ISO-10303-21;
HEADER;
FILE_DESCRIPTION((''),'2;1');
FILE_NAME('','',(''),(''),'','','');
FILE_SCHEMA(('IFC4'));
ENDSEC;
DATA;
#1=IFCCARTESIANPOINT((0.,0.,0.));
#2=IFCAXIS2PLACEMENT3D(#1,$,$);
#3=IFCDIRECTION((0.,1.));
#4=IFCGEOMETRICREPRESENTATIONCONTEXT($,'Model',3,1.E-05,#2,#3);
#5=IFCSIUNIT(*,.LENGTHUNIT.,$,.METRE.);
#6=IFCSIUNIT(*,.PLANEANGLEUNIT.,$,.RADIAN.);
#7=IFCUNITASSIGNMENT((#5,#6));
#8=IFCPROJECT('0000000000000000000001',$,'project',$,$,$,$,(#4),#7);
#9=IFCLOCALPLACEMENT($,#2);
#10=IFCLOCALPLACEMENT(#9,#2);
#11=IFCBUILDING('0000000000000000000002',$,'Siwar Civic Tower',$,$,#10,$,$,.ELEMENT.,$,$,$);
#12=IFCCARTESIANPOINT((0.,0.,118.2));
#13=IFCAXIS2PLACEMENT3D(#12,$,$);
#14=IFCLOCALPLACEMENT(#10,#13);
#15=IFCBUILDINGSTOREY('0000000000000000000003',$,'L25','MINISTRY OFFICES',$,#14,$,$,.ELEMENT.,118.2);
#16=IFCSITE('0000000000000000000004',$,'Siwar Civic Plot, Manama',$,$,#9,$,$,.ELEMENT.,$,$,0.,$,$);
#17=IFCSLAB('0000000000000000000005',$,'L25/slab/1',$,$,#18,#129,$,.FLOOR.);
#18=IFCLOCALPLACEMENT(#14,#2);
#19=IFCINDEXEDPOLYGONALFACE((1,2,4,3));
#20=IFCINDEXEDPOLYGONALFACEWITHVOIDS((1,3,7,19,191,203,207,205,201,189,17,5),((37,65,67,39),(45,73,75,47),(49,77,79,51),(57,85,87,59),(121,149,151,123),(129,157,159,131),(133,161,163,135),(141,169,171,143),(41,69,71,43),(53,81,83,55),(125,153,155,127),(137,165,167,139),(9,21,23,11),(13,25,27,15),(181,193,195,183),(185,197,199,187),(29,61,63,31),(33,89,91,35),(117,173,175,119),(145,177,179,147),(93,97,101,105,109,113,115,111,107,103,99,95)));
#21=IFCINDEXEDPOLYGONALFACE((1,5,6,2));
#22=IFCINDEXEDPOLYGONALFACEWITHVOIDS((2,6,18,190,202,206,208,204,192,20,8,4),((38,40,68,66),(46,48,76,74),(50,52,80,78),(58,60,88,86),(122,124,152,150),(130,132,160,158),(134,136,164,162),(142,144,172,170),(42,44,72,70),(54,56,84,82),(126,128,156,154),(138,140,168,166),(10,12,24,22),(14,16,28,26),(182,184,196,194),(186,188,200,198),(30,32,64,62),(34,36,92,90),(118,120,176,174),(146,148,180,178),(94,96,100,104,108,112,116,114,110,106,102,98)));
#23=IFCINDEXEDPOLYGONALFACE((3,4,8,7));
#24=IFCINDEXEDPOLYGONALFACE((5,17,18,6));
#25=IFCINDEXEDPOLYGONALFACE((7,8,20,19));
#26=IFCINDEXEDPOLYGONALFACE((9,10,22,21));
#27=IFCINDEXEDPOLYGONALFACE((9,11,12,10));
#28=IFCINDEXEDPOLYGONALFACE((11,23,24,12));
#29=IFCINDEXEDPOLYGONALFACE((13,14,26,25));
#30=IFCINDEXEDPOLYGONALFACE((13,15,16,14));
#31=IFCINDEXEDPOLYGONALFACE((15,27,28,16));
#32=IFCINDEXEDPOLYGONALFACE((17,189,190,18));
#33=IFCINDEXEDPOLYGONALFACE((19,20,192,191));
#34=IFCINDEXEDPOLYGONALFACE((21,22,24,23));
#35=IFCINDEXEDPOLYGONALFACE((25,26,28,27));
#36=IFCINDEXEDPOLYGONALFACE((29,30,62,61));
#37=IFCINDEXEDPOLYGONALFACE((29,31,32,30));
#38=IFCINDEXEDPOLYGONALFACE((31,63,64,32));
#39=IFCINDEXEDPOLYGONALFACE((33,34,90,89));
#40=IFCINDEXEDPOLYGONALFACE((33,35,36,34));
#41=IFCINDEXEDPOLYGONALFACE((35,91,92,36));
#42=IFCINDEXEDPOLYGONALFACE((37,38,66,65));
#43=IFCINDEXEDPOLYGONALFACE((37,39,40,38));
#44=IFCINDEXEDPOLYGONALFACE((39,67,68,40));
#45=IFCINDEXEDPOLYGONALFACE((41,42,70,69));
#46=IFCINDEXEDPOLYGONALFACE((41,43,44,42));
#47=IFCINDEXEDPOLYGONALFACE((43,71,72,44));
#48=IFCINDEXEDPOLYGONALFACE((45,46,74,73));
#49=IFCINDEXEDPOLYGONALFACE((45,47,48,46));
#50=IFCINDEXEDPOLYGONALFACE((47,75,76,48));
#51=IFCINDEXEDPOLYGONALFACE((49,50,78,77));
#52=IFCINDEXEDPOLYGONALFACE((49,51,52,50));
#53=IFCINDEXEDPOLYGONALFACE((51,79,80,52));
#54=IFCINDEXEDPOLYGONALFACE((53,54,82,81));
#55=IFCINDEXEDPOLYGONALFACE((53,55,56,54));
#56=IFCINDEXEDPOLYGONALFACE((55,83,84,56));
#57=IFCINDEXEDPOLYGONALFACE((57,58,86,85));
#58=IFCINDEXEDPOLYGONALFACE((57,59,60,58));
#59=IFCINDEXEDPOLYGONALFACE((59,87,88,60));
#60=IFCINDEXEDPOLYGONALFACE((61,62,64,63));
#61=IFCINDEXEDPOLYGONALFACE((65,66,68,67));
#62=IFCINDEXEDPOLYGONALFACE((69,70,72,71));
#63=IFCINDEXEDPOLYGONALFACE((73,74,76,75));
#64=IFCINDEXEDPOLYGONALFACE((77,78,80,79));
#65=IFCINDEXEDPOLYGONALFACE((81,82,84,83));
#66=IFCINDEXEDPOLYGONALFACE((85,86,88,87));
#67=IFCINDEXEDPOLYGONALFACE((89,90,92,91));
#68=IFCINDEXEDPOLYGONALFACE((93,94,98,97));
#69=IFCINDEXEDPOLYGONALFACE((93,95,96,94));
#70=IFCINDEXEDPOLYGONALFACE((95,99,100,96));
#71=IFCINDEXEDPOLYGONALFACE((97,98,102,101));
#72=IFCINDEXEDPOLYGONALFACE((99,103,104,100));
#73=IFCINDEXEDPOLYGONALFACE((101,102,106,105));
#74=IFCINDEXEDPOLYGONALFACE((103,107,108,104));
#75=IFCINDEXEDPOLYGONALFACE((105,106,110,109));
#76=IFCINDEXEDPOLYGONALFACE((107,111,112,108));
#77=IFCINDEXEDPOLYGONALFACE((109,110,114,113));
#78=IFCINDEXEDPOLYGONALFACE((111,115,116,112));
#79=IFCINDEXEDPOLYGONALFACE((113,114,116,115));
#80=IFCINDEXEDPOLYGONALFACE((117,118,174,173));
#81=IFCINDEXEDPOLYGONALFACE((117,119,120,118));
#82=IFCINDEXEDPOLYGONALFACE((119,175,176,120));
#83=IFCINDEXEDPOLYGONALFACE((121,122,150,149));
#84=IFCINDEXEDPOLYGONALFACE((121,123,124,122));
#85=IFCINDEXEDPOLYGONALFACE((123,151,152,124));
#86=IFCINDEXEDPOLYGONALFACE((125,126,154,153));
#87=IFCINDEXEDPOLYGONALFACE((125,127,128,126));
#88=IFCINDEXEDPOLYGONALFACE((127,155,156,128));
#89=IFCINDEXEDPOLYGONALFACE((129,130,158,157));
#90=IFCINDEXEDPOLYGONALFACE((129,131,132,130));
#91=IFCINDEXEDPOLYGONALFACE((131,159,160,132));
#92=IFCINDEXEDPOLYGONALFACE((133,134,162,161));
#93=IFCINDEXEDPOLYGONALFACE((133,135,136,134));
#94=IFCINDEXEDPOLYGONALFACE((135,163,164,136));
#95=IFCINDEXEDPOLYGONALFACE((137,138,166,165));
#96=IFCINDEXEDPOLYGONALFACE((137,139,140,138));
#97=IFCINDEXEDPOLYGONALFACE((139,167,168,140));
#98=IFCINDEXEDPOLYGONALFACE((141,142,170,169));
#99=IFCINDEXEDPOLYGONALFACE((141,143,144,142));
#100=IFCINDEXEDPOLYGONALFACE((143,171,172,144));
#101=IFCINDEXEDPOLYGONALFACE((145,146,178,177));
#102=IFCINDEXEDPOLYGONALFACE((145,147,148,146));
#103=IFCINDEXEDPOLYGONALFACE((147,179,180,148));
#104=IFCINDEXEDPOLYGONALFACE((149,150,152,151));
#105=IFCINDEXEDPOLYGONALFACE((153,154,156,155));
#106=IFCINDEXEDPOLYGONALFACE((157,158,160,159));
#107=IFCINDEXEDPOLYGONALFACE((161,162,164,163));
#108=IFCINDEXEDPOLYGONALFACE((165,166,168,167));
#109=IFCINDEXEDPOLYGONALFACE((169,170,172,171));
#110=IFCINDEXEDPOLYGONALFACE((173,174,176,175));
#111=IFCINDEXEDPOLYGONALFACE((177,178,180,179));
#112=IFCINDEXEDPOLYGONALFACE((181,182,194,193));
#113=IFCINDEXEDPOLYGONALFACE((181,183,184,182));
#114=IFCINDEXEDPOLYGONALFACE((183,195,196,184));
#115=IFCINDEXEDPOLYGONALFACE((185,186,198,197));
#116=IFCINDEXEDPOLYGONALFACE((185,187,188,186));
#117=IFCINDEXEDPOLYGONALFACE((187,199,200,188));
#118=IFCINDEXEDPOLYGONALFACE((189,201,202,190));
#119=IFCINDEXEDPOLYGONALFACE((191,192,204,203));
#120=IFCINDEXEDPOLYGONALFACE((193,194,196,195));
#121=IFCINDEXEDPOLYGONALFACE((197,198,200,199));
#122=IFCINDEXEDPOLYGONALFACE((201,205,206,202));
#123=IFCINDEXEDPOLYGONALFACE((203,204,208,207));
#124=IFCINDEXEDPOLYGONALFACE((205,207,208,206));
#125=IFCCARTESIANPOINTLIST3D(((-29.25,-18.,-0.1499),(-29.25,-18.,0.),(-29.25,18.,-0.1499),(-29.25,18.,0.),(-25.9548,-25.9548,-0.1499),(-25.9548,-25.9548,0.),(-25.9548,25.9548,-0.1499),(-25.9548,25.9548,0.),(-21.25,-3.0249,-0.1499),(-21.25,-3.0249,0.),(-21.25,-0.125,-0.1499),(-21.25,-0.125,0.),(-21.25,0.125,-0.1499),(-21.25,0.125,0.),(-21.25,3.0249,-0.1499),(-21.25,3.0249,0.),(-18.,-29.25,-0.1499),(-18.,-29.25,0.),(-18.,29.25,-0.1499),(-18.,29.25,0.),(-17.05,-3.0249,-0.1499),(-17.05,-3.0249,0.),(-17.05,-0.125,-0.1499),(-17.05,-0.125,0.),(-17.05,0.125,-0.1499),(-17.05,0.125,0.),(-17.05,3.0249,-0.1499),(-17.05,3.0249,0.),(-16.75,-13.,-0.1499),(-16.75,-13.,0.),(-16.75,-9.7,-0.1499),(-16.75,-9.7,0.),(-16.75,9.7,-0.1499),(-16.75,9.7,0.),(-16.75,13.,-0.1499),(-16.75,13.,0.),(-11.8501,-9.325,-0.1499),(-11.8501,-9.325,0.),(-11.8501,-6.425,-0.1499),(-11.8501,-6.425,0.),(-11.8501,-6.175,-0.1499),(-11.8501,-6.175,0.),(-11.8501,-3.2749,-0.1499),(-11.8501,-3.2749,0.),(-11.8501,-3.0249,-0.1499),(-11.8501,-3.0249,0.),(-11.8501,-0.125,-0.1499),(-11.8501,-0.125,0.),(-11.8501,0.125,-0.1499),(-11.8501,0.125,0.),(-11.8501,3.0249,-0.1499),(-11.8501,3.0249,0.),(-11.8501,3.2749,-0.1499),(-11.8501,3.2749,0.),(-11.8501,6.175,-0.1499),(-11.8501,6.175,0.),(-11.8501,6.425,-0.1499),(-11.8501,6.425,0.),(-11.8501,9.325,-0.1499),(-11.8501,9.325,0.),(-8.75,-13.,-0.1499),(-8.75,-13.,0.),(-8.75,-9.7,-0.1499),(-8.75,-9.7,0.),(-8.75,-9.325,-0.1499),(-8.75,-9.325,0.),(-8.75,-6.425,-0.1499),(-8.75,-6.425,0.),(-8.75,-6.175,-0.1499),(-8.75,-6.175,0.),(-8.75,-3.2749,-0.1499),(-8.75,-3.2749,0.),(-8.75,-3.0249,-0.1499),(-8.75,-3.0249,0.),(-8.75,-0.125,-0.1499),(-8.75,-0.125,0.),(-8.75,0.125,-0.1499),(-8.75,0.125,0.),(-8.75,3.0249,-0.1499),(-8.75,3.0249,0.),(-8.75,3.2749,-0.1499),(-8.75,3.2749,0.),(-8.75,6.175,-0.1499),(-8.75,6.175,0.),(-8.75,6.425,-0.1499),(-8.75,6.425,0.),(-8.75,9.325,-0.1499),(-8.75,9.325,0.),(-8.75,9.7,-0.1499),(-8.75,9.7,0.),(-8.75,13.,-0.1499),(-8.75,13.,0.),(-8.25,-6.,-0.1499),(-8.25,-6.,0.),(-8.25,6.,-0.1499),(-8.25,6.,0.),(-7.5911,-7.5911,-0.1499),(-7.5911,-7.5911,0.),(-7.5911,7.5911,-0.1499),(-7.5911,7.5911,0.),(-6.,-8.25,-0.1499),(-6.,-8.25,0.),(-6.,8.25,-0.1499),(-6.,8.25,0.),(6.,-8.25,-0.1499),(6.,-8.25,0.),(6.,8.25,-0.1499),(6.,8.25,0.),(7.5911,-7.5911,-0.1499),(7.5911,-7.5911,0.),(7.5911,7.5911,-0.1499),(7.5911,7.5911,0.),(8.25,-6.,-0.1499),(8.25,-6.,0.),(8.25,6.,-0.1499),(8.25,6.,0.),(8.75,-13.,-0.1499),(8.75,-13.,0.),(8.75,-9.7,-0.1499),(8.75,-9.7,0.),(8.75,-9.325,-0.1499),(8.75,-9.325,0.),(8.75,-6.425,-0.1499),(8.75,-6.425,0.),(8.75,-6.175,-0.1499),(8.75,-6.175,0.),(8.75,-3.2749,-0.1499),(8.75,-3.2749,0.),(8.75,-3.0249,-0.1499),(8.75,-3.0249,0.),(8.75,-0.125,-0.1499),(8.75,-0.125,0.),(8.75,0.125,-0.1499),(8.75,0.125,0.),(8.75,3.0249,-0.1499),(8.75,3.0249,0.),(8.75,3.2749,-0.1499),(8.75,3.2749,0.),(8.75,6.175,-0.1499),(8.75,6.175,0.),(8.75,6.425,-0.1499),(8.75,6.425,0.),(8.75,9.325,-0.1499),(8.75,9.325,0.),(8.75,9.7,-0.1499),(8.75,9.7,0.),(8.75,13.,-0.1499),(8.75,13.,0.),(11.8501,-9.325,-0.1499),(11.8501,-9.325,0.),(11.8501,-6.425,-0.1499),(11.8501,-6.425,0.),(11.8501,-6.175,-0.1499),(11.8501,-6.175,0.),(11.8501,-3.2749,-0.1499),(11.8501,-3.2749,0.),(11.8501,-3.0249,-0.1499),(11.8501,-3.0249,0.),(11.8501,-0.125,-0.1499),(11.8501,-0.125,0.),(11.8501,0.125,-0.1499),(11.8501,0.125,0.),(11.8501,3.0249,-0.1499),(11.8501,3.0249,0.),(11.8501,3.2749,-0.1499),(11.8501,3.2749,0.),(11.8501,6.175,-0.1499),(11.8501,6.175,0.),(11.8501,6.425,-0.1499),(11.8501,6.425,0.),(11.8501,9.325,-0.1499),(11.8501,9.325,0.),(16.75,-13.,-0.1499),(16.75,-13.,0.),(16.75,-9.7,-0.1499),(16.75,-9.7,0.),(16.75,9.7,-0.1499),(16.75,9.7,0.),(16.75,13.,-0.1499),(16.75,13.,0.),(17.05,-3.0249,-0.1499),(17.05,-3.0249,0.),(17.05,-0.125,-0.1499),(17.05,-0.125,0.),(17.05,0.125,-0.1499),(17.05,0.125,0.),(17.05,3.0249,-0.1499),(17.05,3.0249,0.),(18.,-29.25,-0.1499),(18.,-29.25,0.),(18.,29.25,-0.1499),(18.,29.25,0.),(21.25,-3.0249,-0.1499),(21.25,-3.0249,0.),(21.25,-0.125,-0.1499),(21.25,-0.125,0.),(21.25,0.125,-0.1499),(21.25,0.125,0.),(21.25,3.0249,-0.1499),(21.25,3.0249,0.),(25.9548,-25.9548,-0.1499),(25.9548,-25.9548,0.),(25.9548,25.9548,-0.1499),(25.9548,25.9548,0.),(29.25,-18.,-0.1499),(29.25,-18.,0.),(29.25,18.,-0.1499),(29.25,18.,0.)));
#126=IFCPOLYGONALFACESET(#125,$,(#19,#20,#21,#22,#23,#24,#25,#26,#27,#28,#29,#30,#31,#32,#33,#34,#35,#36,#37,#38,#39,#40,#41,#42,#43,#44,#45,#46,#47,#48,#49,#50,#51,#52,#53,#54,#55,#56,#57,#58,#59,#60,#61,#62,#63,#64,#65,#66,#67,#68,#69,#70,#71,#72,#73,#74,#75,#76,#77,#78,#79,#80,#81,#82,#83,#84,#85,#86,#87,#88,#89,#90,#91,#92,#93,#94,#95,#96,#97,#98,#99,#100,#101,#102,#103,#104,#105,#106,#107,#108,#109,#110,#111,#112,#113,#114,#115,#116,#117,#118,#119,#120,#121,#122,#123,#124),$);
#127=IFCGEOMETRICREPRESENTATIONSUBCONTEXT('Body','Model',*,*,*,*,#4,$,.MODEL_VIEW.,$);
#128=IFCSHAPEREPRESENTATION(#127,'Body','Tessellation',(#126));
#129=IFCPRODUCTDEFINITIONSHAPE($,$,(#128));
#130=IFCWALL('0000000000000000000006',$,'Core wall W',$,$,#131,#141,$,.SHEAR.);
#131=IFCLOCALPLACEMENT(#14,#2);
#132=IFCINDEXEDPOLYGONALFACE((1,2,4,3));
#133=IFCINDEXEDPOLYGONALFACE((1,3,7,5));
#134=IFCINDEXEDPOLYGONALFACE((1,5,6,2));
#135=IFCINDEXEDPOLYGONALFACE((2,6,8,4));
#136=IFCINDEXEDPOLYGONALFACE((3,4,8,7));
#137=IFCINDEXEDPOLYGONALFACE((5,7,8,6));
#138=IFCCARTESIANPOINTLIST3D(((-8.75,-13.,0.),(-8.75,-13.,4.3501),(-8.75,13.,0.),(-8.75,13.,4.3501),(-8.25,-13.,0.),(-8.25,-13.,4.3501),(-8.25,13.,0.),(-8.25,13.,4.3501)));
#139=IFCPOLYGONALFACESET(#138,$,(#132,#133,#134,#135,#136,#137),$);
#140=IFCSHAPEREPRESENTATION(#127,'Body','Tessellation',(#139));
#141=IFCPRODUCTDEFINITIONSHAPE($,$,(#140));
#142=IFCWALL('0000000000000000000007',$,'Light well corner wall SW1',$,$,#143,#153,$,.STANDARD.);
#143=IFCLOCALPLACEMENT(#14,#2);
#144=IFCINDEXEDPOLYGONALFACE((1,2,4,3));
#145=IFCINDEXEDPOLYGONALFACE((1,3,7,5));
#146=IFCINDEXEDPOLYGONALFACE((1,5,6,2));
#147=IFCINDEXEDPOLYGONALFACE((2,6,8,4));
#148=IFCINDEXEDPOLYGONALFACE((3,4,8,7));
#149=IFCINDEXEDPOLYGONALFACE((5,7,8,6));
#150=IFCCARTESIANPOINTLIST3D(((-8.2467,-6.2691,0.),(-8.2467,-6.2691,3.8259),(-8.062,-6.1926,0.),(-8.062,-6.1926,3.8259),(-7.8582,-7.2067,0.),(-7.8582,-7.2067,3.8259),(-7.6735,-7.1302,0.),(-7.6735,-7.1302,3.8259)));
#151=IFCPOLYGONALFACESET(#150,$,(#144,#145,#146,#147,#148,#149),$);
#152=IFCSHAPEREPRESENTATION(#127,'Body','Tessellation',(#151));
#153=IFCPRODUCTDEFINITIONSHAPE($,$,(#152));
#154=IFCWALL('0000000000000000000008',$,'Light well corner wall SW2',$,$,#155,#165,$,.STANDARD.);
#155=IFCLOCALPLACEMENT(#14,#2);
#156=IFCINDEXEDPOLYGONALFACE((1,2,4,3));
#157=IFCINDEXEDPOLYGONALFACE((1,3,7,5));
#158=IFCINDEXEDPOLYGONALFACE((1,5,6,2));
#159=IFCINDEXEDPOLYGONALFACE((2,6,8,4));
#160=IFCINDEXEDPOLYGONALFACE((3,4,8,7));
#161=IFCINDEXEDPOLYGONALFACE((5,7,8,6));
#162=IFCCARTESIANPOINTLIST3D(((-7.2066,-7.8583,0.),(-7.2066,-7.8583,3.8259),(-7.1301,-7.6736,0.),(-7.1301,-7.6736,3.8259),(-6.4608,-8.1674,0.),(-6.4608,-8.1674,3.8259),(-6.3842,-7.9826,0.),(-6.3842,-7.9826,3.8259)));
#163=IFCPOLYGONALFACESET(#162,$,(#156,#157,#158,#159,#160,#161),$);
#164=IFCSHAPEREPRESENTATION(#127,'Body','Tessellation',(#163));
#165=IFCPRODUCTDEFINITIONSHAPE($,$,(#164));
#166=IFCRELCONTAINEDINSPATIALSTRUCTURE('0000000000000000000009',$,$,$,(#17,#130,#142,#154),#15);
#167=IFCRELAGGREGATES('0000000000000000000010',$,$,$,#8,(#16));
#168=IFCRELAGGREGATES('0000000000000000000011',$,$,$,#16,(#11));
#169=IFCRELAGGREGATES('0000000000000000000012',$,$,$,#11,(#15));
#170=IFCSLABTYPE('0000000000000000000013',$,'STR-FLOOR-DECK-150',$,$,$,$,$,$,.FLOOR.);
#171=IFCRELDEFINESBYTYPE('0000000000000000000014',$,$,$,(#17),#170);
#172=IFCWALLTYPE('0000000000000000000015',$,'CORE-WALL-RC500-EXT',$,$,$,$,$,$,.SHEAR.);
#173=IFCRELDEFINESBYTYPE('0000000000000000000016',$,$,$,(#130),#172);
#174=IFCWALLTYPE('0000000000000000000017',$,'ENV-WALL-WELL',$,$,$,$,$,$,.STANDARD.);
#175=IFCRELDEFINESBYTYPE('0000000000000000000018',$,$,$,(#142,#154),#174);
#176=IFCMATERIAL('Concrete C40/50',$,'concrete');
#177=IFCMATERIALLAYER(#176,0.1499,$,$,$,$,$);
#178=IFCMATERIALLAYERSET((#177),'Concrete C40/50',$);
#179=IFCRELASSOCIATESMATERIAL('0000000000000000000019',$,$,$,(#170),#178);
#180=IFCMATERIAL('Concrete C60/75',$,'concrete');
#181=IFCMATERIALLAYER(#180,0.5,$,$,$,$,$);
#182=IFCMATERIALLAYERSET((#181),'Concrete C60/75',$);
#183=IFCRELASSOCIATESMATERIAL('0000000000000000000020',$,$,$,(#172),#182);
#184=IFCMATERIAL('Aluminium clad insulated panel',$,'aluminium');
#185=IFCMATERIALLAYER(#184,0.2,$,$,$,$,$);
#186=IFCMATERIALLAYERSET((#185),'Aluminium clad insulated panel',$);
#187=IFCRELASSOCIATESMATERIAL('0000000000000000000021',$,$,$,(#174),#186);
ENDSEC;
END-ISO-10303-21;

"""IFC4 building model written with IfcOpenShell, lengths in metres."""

from ifc_helpers import new_model, si_unit, direction, frame, frame_2d, origin, place, context, subcontext, project, spatial, polyline, rectangle, outline, extrude, material, layer, layer_set, type_object, element, save


model = new_model("IFC4")

# Units and contexts
model_context = context("Model", 3, precision=1e-05, world=origin(), true_north=direction((0.0, 1.0)))
body_context = subcontext(model_context, "Body", "Model", "MODEL_VIEW")
ifc_project = project(units=[si_unit("LENGTHUNIT", "METRE"), si_unit("PLANEANGLEUNIT", "RADIAN")], contexts=[model_context])

# Site, building, storey
site_placement = place(None, origin())
site = spatial("IfcSite", under=ifc_project, at=site_placement, Name="Siwar Civic Plot, Manama", CompositionType="ELEMENT", RefElevation=0.0)
building_placement = place(site_placement, origin())
building = spatial("IfcBuilding", under=site, at=building_placement, Name="Siwar Civic Tower", CompositionType="ELEMENT")
storey_placement = place(building_placement, frame((0.0, 0.0, 118.2)))
storey = spatial("IfcBuildingStorey", under=building, at=storey_placement, Name="L25", Description="MINISTRY OFFICES", CompositionType="ELEMENT", Elevation=118.2)

# Slab
ifc_material_1 = material(Name="Concrete C40/50", Category="concrete")
ifc_layer_1 = layer(ifc_material_1, 0.1499)
ifc_layer_set_1 = layer_set([ifc_layer_1], Name="Concrete C40/50")
slab_type = type_object("IfcSlabType", Name="STR-FLOOR-DECK-150", PredefinedType="FLOOR", material=ifc_layer_set_1)
slab_placement = place(storey_placement, frame((0.0, 0.0, -0.1499)))
element("IfcSlab", 1, at=slab_placement, inside=storey, type_object=slab_type, Name="L25/slab/1", PredefinedType="FLOOR", context=body_context, shape_type="SweptSolid", body=[
    extrude(outline(polyline([(-18.0, -29.25), (18.0, -29.25), (25.9548, -25.9548), (29.25, -18.0), (29.25, 18.0), (25.9548, 25.9548), (18.0, 29.25), (-18.0, 29.25), (-25.9548, 25.9548), (-29.25, 18.0), (-29.25, -18.0), (-25.9548, -25.9548), (-18.0, -29.25)]), holes=[polyline([(21.25, 3.0249), (21.25, 0.125), (17.05, 0.125), (17.05, 3.0249), (21.25, 3.0249)]), polyline([(17.05, -0.125), (21.25, -0.125), (21.25, -3.0249), (17.05, -3.0249), (17.05, -0.125)]), polyline([(16.75, 13.0), (16.75, 9.7), (8.75, 9.7), (8.75, 13.0), (16.75, 13.0)]), polyline([(8.75, -9.7), (16.75, -9.7), (16.75, -13.0), (8.75, -13.0), (8.75, -9.7)]), polyline([(11.8501, 9.325), (11.8501, 6.425), (8.75, 6.425), (8.75, 9.325), (11.8501, 9.325)]), polyline([(11.8501, 3.0249), (11.8501, 0.125), (8.75, 0.125), (8.75, 3.0249), (11.8501, 3.0249)]), polyline([(11.8501, -0.125), (11.8501, -3.0249), (8.75, -3.0249), (8.75, -0.125), (11.8501, -0.125)]), polyline([(11.8501, -3.2749), (11.8501, -6.175), (8.75, -6.175), (8.75, -3.2749), (11.8501, -3.2749)]), polyline([(8.75, 6.175), (11.8501, 6.175), (11.8501, 3.2749), (8.75, 3.2749), (8.75, 6.175)]), polyline([(8.75, -6.425), (11.8501, -6.425), (11.8501, -9.325), (8.75, -9.325), (8.75, -6.425)]), polyline([(-6.0, 8.25), (6.0, 8.25), (7.5911, 7.5911), (8.25, 6.0), (8.25, -6.0), (7.5911, -7.5911), (6.0, -8.25), (-6.0, -8.25), (-7.5911, -7.5911), (-8.25, -6.0), (-8.25, 6.0), (-7.5911, 7.5911), (-6.0, 8.25)]), polyline([(-8.75, 9.7), (-16.75, 9.7), (-16.75, 13.0), (-8.75, 13.0), (-8.75, 9.7)]), polyline([(-8.75, 0.125), (-11.8501, 0.125), (-11.8501, 3.0249), (-8.75, 3.0249), (-8.75, 0.125)]), polyline([(-8.75, -6.175), (-11.8501, -6.175), (-11.8501, -3.2749), (-8.75, -3.2749), (-8.75, -6.175)]), polyline([(-8.75, -9.325), (-11.8501, -9.325), (-11.8501, -6.425), (-8.75, -6.425), (-8.75, -9.325)]), polyline([(-8.75, -13.0), (-16.75, -13.0), (-16.75, -9.7), (-8.75, -9.7), (-8.75, -13.0)]), polyline([(-11.8501, 6.425), (-11.8501, 9.325), (-8.75, 9.325), (-8.75, 6.425), (-11.8501, 6.425)]), polyline([(-11.8501, 3.2749), (-11.8501, 6.175), (-8.75, 6.175), (-8.75, 3.2749), (-11.8501, 3.2749)]), polyline([(-11.8501, -3.0249), (-11.8501, -0.125), (-8.75, -0.125), (-8.75, -3.0249), (-11.8501, -3.0249)]), polyline([(-21.25, -3.0249), (-21.25, -0.125), (-17.05, -0.125), (-17.05, -3.0249), (-21.25, -3.0249)]), polyline([(-17.05, 0.125), (-21.25, 0.125), (-21.25, 3.0249), (-17.05, 3.0249), (-17.05, 0.125)])]), origin(), (0.0, 0.0, 1.0), 0.1499),
])

# Walls
ifc_material_2 = material(Name="Concrete C60/75", Category="concrete")
ifc_layer_2 = layer(ifc_material_2, 0.5)
ifc_layer_set_2 = layer_set([ifc_layer_2], Name="Concrete C60/75")
wall_type_1 = type_object("IfcWallType", Name="CORE-WALL-RC500-EXT", PredefinedType="SHEAR", material=ifc_layer_set_2)
wall_1_placement = place(storey_placement, frame((-8.5, -13.0, 0.0), z_axis=(0.0, 0.0, 1.0), x_axis=(0.0, 1.0, 0.0)))
element("IfcWall", 2, at=wall_1_placement, inside=storey, type_object=wall_type_1, Name="Core wall W", PredefinedType="SHEAR", context=body_context, shape_type="SweptSolid", body=[
    extrude(rectangle(XDim=26.0, YDim=0.5, at=frame_2d((13.0, 0.0))), origin(), (0.0, 0.0, 1.0), 4.3501),
])
ifc_material_3 = material(Name="Aluminium clad insulated panel", Category="aluminium")
ifc_layer_3 = layer(ifc_material_3, 0.2)
ifc_layer_set_3 = layer_set([ifc_layer_3], Name="Aluminium clad insulated panel")
wall_type_2 = type_object("IfcWallType", Name="ENV-WALL-WELL", PredefinedType="STANDARD", material=ifc_layer_set_3)
wall_2_placement = place(storey_placement, frame((-8.1543, -6.231, 0.0), z_axis=(0.0, 0.0, 1.0), x_axis=(0.38277, -0.923844, 0.0)))
element("IfcWall", 3, at=wall_2_placement, inside=storey, type_object=wall_type_2, Name="Light well corner wall SW1", PredefinedType="STANDARD", context=body_context, shape_type="SweptSolid", body=[
    extrude(rectangle(XDim=1.0149, YDim=0.2, at=frame_2d((0.5073, 0.0))), origin(), (0.0, 0.0, 1.0), 3.8259),
])
wall_3_placement = place(storey_placement, frame((-7.1685, -7.7659, 0.0), z_axis=(0.0, 0.0, 1.0), x_axis=(0.923818, -0.382833, 0.0)))
element("IfcWall", 4, at=wall_3_placement, inside=storey, type_object=wall_type_2, Name="Light well corner wall SW2", PredefinedType="STANDARD", context=body_context, shape_type="SweptSolid", body=[
    extrude(rectangle(XDim=0.8074, YDim=0.2, at=frame_2d((0.4038, 0.0))), origin(), (0.0, 0.0, 1.0), 3.8259),
])

save(model, "model.ifc")
